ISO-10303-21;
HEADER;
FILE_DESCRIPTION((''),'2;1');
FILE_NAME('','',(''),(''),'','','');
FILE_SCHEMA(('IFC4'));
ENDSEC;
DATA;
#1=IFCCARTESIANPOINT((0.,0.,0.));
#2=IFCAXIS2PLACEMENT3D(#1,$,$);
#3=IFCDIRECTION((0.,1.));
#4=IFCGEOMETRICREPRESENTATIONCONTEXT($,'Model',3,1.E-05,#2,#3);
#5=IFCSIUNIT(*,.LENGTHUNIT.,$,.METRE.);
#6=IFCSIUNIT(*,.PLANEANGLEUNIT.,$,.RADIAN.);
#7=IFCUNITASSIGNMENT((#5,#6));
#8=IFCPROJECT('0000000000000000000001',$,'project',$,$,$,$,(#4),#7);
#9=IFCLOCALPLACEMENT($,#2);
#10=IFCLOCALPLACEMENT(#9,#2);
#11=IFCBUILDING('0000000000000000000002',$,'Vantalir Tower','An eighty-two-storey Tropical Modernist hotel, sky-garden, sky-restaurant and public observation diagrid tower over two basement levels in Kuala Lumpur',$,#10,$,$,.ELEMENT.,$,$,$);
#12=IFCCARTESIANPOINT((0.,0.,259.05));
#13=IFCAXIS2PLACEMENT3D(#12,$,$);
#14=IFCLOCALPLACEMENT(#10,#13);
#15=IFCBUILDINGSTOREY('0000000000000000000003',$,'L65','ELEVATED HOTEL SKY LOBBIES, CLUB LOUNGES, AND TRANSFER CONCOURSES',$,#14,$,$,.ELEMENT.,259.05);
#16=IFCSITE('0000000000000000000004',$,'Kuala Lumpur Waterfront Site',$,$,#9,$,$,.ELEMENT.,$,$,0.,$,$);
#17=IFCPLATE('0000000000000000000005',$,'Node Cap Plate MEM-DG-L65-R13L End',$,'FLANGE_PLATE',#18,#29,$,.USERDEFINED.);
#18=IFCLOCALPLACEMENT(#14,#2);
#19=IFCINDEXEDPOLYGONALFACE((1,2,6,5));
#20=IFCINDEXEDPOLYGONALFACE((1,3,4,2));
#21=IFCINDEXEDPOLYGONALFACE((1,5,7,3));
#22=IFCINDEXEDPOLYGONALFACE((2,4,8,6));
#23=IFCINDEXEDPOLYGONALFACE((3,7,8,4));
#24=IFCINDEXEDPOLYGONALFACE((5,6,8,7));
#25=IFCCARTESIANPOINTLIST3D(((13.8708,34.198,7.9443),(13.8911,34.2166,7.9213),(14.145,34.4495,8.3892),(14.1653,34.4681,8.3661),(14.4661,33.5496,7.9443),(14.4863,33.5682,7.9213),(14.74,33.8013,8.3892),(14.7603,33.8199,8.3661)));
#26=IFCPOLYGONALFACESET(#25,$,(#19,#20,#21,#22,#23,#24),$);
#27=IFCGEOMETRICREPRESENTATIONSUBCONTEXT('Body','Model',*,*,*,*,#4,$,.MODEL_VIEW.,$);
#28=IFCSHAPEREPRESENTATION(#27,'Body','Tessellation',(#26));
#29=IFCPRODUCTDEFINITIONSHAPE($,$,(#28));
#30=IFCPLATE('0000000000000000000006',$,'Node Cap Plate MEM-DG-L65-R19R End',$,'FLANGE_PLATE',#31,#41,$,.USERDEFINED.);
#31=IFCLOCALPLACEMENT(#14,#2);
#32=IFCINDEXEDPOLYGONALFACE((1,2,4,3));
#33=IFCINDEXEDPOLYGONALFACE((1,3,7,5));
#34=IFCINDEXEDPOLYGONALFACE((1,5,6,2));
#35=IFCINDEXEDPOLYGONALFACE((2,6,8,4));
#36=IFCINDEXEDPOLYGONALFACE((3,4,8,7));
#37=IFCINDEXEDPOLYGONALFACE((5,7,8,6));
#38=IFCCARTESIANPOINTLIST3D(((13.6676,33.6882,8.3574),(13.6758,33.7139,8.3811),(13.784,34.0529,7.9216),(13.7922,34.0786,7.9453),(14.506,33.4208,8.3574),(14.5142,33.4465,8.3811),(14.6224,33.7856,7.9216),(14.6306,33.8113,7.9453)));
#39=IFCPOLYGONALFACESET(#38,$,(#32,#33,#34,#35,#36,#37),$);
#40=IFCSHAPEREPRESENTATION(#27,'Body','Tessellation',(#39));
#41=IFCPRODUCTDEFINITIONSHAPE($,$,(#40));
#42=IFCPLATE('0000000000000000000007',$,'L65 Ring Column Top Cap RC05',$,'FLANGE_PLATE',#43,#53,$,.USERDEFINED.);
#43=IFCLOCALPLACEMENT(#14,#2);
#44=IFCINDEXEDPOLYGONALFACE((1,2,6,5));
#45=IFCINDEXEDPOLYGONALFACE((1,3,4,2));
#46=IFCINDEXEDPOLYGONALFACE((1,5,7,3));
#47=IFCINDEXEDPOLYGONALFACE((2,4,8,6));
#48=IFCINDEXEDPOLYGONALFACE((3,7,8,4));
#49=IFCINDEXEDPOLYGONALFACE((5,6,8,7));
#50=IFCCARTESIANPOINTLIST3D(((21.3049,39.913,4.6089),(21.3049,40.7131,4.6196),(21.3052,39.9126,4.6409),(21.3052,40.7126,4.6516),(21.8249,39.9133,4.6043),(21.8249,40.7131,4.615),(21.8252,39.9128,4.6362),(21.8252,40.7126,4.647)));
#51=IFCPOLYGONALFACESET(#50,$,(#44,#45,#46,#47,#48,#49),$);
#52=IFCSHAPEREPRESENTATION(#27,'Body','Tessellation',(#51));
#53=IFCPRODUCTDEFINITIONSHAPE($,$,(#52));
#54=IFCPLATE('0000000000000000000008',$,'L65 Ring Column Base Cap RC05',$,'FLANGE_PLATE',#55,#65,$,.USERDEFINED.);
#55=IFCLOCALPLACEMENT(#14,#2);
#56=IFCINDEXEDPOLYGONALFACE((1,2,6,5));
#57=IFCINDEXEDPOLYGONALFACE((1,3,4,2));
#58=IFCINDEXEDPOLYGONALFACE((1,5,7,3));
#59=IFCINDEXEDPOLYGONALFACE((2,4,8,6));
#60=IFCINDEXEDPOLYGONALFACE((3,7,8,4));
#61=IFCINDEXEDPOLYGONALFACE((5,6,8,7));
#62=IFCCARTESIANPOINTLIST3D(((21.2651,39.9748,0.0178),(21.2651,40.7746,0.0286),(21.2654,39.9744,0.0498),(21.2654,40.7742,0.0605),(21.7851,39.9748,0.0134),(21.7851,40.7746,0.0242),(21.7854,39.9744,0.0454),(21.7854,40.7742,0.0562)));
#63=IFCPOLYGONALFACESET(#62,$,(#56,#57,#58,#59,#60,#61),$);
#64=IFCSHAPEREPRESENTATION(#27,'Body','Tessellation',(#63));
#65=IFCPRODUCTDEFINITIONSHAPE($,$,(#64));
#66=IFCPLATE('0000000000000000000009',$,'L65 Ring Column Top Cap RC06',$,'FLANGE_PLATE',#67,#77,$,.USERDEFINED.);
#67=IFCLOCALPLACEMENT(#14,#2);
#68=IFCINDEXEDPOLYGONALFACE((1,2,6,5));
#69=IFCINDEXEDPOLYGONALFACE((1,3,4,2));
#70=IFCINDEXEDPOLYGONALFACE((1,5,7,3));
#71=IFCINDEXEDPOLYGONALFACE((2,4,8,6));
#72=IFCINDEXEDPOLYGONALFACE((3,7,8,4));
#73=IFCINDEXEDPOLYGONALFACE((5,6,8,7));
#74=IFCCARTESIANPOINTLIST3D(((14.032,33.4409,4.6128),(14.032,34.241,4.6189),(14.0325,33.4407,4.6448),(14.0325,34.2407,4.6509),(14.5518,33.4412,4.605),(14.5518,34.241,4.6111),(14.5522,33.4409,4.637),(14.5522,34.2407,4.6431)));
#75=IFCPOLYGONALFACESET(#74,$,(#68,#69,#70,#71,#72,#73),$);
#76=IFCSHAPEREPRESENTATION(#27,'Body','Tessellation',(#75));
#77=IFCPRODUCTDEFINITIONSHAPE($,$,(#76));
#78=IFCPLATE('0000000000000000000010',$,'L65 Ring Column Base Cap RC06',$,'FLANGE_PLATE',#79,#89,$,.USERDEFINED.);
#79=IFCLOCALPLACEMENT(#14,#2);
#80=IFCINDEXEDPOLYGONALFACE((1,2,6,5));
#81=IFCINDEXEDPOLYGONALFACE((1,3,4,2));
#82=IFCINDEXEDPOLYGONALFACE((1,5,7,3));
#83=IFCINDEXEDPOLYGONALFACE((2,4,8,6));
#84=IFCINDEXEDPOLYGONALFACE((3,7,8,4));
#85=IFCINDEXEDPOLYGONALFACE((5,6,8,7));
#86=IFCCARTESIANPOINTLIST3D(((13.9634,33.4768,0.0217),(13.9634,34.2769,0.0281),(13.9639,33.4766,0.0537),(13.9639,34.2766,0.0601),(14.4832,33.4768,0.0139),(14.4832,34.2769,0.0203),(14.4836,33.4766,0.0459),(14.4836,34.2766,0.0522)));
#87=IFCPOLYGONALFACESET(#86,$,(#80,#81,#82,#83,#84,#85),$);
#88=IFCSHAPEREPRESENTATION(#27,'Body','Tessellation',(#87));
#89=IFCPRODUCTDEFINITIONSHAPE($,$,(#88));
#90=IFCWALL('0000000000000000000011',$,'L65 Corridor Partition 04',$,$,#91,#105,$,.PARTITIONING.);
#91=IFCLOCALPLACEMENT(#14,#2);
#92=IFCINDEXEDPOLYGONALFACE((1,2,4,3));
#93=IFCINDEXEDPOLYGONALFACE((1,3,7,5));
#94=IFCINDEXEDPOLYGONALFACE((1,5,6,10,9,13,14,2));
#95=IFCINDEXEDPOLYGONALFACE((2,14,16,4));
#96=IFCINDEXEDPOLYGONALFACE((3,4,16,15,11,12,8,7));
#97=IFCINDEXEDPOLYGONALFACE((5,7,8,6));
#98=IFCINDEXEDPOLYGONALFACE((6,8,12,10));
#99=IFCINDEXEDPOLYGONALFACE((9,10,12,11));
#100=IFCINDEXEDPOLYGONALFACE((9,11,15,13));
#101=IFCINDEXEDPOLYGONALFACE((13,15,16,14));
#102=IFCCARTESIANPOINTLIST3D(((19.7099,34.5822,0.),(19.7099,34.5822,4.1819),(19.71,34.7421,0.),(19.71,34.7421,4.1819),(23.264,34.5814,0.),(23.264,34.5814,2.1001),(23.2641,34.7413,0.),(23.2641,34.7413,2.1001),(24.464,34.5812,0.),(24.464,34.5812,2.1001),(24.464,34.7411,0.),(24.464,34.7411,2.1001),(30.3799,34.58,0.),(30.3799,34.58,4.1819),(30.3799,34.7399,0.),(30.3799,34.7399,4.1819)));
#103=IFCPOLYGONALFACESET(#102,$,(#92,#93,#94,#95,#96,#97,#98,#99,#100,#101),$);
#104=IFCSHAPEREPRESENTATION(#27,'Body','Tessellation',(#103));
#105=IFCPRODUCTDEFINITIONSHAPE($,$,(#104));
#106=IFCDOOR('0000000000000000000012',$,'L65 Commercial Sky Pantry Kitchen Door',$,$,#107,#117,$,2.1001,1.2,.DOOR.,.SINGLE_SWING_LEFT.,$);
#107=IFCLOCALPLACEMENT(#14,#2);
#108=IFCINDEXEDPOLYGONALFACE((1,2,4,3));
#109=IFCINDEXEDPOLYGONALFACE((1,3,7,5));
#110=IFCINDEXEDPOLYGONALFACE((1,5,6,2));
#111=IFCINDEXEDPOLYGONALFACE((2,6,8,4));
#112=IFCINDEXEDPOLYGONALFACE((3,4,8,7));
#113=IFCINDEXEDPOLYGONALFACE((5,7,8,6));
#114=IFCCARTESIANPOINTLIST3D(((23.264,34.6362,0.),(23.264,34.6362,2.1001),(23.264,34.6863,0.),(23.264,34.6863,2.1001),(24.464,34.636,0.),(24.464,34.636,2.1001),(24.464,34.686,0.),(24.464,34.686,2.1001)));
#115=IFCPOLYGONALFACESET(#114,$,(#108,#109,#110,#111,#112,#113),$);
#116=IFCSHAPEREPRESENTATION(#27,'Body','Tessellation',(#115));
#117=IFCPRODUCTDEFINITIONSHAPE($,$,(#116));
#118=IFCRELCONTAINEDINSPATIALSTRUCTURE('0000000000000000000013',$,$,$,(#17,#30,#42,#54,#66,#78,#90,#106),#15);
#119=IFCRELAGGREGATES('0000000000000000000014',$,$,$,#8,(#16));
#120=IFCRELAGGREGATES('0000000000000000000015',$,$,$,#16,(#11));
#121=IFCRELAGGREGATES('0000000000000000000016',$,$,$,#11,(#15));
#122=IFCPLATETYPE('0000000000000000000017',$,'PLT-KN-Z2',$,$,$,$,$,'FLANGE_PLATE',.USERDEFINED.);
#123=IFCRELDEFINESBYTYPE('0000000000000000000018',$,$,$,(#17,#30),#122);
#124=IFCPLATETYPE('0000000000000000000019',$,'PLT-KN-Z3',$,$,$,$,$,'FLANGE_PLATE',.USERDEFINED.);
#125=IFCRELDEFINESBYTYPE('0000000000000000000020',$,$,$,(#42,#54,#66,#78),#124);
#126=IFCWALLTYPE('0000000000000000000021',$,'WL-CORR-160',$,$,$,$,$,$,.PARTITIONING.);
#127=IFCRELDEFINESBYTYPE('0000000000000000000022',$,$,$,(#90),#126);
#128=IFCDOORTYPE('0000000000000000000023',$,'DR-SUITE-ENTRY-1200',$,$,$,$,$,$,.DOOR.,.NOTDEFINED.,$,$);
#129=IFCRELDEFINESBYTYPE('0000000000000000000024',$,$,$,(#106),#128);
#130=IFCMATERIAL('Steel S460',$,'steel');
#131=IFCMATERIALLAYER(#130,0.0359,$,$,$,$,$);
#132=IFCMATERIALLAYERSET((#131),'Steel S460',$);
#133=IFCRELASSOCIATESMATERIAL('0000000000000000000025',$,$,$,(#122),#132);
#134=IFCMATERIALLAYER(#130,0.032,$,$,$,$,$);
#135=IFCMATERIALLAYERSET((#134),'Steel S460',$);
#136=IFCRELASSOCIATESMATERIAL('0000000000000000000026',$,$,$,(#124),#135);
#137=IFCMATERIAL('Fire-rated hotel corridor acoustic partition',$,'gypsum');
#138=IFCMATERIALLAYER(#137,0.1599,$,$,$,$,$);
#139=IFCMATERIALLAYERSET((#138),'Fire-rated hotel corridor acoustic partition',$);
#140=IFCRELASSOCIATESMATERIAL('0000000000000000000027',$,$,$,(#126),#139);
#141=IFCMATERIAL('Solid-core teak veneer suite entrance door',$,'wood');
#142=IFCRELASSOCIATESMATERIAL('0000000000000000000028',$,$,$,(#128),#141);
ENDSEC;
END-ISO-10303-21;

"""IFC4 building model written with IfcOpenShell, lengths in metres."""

from ifc_helpers import new_model, si_unit, direction, frame, frame_2d, origin, place, context, subcontext, project, spatial, polyline, rectangle, outline, extrude, material, layer, layer_set, type_object, element, fill, save


model = new_model("IFC4")

# Units and contexts
model_context = context("Model", 3, precision=1e-05, world=origin(), true_north=direction((0.0, 1.0)))
body_context = subcontext(model_context, "Body", "Model", "MODEL_VIEW")
ifc_project = project(units=[si_unit("LENGTHUNIT", "METRE"), si_unit("PLANEANGLEUNIT", "RADIAN")], contexts=[model_context])

# Site, building, storey
site_placement = place(None, origin())
site = spatial("IfcSite", under=ifc_project, at=site_placement, Name="Kuala Lumpur Waterfront Site", CompositionType="ELEMENT", RefElevation=0.0)
building_placement = place(site_placement, origin())
building = spatial("IfcBuilding", under=site, at=building_placement, Name="Vantalir Tower", Description="An eighty-two-storey Tropical Modernist hotel, sky-garden, sky-restaurant and public observation diagrid tower over two basement levels in Kuala Lumpur", CompositionType="ELEMENT")
storey_placement = place(building_placement, frame((0.0, 0.0, 259.05)))
storey = spatial("IfcBuildingStorey", under=building, at=storey_placement, Name="L65", Description="ELEVATED HOTEL SKY LOBBIES, CLUB LOUNGES, AND TRANSFER CONCOURSES", CompositionType="ELEMENT", Elevation=259.05)

# Shared definitions
ifc_material_1 = material(Name="Steel S460", Category="steel")

# Plates
ifc_layer_1 = layer(ifc_material_1, 0.0359)
ifc_layer_set_1 = layer_set([ifc_layer_1], Name="Steel S460")
plate_type_1 = type_object("IfcPlateType", Name="PLT-KN-Z2", ElementType="FLANGE_PLATE", PredefinedType="USERDEFINED", material=ifc_layer_set_1)
plate_1_placement = place(storey_placement, frame((13.8708, 34.198, 7.9443), z_axis=(-0.565115, -0.518722, 0.641539), x_axis=(0.676223, -0.736697, 0.000004)))
element("IfcPlate", 1, at=plate_1_placement, inside=storey, type_object=plate_type_1, Name="Node Cap Plate MEM-DG-L65-R13L End", ObjectType="FLANGE_PLATE", PredefinedType="USERDEFINED", context=body_context, shape_type="SweptSolid", body=[
    extrude(outline(polyline([(0.0, 0.0), (0.8802, 0.0), (0.88, 0.5799), (0.0001, 0.5799), (0.0, 0.0)])), origin(), (0.0, 0.0, -1.0), 0.0359),
])
plate_2_placement = place(storey_placement, frame((14.6306, 33.8113, 7.9453), z_axis=(0.228225, 0.715729, 0.660035), x_axis=(-0.952736, 0.303799, 0.0)))
element("IfcPlate", 2, at=plate_2_placement, inside=storey, type_object=plate_type_1, Name="Node Cap Plate MEM-DG-L65-R19R End", ObjectType="FLANGE_PLATE", PredefinedType="USERDEFINED", context=body_context, shape_type="SweptSolid", body=[
    extrude(outline(polyline([(0.0, 0.0), (0.88, 0.0), (0.8801, 0.5801), (0.0001, 0.5801), (0.0, 0.0)])), origin(), (0.0, 0.0, -1.0), 0.0359),
])
ifc_layer_2 = layer(ifc_material_1, 0.032)
ifc_layer_set_2 = layer_set([ifc_layer_2], Name="Steel S460")
plate_type_2 = type_object("IfcPlateType", Name="PLT-KN-Z3", ElementType="FLANGE_PLATE", PredefinedType="USERDEFINED", material=ifc_layer_set_2)
plate_3_placement = place(storey_placement, frame((21.3052, 40.7126, 4.6516), z_axis=(0.008922, -0.013427, 0.99987), x_axis=(0.0, -0.99991, -0.013428)))
element("IfcPlate", 3, at=plate_3_placement, inside=storey, type_object=plate_type_2, Name="L65 Ring Column Top Cap RC05", ObjectType="FLANGE_PLATE", PredefinedType="USERDEFINED", context=body_context, shape_type="SweptSolid", body=[
    extrude(outline(polyline([(0.0, 0.0), (0.8001, 0.0), (0.7999, 0.52), (0.0001, 0.52), (0.0, 0.0)])), origin(), (0.0, 0.0, -1.0), 0.032),
])
plate_4_placement = place(storey_placement, frame((21.2654, 40.7742, 0.0605), z_axis=(0.00845, -0.013429, 0.999874), x_axis=(0.0, -0.99991, -0.01343)))
element("IfcPlate", 4, at=plate_4_placement, inside=storey, type_object=plate_type_2, Name="L65 Ring Column Base Cap RC05", ObjectType="FLANGE_PLATE", PredefinedType="USERDEFINED", context=body_context, shape_type="SweptSolid", body=[
    extrude(outline(polyline([(0.0, 0.0), (0.7999, 0.0), (0.7999, 0.52), (0.0001, 0.52), (0.0, 0.0)])), origin(), (0.0, 0.0, -1.0), 0.032),
])
plate_5_placement = place(storey_placement, frame((14.0325, 34.2407, 4.6509), z_axis=(0.01503, -0.007629, 0.999858), x_axis=(0.0, -0.999971, -0.00763)))
element("IfcPlate", 5, at=plate_5_placement, inside=storey, type_object=plate_type_2, Name="L65 Ring Column Top Cap RC06", ObjectType="FLANGE_PLATE", PredefinedType="USERDEFINED", context=body_context, shape_type="SweptSolid", body=[
    extrude(outline(polyline([(0.0, 0.0), (0.8001, 0.0), (0.7999, 0.5198), (0.0001, 0.5198), (0.0, 0.0)])), origin(), (0.0, 0.0, -1.0), 0.032),
])
plate_6_placement = place(storey_placement, frame((13.9639, 34.2766, 0.0601), z_axis=(0.015028, -0.007933, 0.999856), x_axis=(0.0, -0.999969, -0.007934)))
element("IfcPlate", 6, at=plate_6_placement, inside=storey, type_object=plate_type_2, Name="L65 Ring Column Base Cap RC06", ObjectType="FLANGE_PLATE", PredefinedType="USERDEFINED", context=body_context, shape_type="SweptSolid", body=[
    extrude(outline(polyline([(0.0, 0.0), (0.8001, 0.0), (0.8001, 0.5198), (0.0001, 0.5198), (0.0, 0.0)])), origin(), (0.0, 0.0, -1.0), 0.032),
])

# Wall, opening, door
ifc_material_2 = material(Name="Fire-rated hotel corridor acoustic partition", Category="gypsum")
ifc_layer_3 = layer(ifc_material_2, 0.1599)
ifc_layer_set_3 = layer_set([ifc_layer_3], Name="Fire-rated hotel corridor acoustic partition")
wall_type = type_object("IfcWallType", Name="WL-CORR-160", PredefinedType="PARTITIONING", material=ifc_layer_set_3)
wall_placement = place(storey_placement, frame((19.71, 34.6621, 0.0), z_axis=(0.0, 0.0, 1.0), x_axis=(1.0, -0.000206, 0.0)))
wall = element("IfcWall", 7, at=wall_placement, inside=storey, type_object=wall_type, Name="L65 Corridor Partition 04", PredefinedType="PARTITIONING", context=body_context, shape_type="SweptSolid", body=[
    extrude(rectangle(XDim=10.6699, YDim=0.1599, at=frame_2d((5.335, 0.0))), origin(), (0.0, 0.0, 1.0), 4.1819),
])
opening_placement = place(wall_placement, frame((3.554, 0.0, 0.0)))
opening = element("IfcOpeningElement", 8, at=opening_placement, cuts=wall, PredefinedType="OPENING", context=body_context, shape_type="SweptSolid", body=[
    extrude(rectangle(XDim=1.2, YDim=2.1001, at=frame_2d((0.6001, 1.05))), frame((0.0, 0.0898, 0.0), z_axis=(0.0, -1.0, 0.0), x_axis=(1.0, 0.0, 0.0)), (0.0, 0.0, 1.0), 0.1799),
])
ifc_material_3 = material(Name="Solid-core teak veneer suite entrance door", Category="wood")
door_type = type_object("IfcDoorType", Name="DR-SUITE-ENTRY-1200", OperationType="NOTDEFINED", PredefinedType="DOOR", material=ifc_material_3)
door_placement = place(opening_placement, origin())
door = element("IfcDoor", 9, at=door_placement, inside=storey, type_object=door_type, Name="L65 Commercial Sky Pantry Kitchen Door", OperationType="SINGLE_SWING_LEFT", OverallHeight=2.1001, OverallWidth=1.2, PredefinedType="DOOR", context=body_context, shape_type="SweptSolid", body=[
    extrude(rectangle(XDim=1.2, YDim=2.1001, at=frame_2d((0.6001, 1.05))), frame((0.0, 0.0249, 0.0), z_axis=(0.0, -1.0, 0.0), x_axis=(1.0, 0.0, 0.0)), (0.0, 0.0, 1.0), 0.05),
])
fill(opening, door)

save(model, "model.ifc")
